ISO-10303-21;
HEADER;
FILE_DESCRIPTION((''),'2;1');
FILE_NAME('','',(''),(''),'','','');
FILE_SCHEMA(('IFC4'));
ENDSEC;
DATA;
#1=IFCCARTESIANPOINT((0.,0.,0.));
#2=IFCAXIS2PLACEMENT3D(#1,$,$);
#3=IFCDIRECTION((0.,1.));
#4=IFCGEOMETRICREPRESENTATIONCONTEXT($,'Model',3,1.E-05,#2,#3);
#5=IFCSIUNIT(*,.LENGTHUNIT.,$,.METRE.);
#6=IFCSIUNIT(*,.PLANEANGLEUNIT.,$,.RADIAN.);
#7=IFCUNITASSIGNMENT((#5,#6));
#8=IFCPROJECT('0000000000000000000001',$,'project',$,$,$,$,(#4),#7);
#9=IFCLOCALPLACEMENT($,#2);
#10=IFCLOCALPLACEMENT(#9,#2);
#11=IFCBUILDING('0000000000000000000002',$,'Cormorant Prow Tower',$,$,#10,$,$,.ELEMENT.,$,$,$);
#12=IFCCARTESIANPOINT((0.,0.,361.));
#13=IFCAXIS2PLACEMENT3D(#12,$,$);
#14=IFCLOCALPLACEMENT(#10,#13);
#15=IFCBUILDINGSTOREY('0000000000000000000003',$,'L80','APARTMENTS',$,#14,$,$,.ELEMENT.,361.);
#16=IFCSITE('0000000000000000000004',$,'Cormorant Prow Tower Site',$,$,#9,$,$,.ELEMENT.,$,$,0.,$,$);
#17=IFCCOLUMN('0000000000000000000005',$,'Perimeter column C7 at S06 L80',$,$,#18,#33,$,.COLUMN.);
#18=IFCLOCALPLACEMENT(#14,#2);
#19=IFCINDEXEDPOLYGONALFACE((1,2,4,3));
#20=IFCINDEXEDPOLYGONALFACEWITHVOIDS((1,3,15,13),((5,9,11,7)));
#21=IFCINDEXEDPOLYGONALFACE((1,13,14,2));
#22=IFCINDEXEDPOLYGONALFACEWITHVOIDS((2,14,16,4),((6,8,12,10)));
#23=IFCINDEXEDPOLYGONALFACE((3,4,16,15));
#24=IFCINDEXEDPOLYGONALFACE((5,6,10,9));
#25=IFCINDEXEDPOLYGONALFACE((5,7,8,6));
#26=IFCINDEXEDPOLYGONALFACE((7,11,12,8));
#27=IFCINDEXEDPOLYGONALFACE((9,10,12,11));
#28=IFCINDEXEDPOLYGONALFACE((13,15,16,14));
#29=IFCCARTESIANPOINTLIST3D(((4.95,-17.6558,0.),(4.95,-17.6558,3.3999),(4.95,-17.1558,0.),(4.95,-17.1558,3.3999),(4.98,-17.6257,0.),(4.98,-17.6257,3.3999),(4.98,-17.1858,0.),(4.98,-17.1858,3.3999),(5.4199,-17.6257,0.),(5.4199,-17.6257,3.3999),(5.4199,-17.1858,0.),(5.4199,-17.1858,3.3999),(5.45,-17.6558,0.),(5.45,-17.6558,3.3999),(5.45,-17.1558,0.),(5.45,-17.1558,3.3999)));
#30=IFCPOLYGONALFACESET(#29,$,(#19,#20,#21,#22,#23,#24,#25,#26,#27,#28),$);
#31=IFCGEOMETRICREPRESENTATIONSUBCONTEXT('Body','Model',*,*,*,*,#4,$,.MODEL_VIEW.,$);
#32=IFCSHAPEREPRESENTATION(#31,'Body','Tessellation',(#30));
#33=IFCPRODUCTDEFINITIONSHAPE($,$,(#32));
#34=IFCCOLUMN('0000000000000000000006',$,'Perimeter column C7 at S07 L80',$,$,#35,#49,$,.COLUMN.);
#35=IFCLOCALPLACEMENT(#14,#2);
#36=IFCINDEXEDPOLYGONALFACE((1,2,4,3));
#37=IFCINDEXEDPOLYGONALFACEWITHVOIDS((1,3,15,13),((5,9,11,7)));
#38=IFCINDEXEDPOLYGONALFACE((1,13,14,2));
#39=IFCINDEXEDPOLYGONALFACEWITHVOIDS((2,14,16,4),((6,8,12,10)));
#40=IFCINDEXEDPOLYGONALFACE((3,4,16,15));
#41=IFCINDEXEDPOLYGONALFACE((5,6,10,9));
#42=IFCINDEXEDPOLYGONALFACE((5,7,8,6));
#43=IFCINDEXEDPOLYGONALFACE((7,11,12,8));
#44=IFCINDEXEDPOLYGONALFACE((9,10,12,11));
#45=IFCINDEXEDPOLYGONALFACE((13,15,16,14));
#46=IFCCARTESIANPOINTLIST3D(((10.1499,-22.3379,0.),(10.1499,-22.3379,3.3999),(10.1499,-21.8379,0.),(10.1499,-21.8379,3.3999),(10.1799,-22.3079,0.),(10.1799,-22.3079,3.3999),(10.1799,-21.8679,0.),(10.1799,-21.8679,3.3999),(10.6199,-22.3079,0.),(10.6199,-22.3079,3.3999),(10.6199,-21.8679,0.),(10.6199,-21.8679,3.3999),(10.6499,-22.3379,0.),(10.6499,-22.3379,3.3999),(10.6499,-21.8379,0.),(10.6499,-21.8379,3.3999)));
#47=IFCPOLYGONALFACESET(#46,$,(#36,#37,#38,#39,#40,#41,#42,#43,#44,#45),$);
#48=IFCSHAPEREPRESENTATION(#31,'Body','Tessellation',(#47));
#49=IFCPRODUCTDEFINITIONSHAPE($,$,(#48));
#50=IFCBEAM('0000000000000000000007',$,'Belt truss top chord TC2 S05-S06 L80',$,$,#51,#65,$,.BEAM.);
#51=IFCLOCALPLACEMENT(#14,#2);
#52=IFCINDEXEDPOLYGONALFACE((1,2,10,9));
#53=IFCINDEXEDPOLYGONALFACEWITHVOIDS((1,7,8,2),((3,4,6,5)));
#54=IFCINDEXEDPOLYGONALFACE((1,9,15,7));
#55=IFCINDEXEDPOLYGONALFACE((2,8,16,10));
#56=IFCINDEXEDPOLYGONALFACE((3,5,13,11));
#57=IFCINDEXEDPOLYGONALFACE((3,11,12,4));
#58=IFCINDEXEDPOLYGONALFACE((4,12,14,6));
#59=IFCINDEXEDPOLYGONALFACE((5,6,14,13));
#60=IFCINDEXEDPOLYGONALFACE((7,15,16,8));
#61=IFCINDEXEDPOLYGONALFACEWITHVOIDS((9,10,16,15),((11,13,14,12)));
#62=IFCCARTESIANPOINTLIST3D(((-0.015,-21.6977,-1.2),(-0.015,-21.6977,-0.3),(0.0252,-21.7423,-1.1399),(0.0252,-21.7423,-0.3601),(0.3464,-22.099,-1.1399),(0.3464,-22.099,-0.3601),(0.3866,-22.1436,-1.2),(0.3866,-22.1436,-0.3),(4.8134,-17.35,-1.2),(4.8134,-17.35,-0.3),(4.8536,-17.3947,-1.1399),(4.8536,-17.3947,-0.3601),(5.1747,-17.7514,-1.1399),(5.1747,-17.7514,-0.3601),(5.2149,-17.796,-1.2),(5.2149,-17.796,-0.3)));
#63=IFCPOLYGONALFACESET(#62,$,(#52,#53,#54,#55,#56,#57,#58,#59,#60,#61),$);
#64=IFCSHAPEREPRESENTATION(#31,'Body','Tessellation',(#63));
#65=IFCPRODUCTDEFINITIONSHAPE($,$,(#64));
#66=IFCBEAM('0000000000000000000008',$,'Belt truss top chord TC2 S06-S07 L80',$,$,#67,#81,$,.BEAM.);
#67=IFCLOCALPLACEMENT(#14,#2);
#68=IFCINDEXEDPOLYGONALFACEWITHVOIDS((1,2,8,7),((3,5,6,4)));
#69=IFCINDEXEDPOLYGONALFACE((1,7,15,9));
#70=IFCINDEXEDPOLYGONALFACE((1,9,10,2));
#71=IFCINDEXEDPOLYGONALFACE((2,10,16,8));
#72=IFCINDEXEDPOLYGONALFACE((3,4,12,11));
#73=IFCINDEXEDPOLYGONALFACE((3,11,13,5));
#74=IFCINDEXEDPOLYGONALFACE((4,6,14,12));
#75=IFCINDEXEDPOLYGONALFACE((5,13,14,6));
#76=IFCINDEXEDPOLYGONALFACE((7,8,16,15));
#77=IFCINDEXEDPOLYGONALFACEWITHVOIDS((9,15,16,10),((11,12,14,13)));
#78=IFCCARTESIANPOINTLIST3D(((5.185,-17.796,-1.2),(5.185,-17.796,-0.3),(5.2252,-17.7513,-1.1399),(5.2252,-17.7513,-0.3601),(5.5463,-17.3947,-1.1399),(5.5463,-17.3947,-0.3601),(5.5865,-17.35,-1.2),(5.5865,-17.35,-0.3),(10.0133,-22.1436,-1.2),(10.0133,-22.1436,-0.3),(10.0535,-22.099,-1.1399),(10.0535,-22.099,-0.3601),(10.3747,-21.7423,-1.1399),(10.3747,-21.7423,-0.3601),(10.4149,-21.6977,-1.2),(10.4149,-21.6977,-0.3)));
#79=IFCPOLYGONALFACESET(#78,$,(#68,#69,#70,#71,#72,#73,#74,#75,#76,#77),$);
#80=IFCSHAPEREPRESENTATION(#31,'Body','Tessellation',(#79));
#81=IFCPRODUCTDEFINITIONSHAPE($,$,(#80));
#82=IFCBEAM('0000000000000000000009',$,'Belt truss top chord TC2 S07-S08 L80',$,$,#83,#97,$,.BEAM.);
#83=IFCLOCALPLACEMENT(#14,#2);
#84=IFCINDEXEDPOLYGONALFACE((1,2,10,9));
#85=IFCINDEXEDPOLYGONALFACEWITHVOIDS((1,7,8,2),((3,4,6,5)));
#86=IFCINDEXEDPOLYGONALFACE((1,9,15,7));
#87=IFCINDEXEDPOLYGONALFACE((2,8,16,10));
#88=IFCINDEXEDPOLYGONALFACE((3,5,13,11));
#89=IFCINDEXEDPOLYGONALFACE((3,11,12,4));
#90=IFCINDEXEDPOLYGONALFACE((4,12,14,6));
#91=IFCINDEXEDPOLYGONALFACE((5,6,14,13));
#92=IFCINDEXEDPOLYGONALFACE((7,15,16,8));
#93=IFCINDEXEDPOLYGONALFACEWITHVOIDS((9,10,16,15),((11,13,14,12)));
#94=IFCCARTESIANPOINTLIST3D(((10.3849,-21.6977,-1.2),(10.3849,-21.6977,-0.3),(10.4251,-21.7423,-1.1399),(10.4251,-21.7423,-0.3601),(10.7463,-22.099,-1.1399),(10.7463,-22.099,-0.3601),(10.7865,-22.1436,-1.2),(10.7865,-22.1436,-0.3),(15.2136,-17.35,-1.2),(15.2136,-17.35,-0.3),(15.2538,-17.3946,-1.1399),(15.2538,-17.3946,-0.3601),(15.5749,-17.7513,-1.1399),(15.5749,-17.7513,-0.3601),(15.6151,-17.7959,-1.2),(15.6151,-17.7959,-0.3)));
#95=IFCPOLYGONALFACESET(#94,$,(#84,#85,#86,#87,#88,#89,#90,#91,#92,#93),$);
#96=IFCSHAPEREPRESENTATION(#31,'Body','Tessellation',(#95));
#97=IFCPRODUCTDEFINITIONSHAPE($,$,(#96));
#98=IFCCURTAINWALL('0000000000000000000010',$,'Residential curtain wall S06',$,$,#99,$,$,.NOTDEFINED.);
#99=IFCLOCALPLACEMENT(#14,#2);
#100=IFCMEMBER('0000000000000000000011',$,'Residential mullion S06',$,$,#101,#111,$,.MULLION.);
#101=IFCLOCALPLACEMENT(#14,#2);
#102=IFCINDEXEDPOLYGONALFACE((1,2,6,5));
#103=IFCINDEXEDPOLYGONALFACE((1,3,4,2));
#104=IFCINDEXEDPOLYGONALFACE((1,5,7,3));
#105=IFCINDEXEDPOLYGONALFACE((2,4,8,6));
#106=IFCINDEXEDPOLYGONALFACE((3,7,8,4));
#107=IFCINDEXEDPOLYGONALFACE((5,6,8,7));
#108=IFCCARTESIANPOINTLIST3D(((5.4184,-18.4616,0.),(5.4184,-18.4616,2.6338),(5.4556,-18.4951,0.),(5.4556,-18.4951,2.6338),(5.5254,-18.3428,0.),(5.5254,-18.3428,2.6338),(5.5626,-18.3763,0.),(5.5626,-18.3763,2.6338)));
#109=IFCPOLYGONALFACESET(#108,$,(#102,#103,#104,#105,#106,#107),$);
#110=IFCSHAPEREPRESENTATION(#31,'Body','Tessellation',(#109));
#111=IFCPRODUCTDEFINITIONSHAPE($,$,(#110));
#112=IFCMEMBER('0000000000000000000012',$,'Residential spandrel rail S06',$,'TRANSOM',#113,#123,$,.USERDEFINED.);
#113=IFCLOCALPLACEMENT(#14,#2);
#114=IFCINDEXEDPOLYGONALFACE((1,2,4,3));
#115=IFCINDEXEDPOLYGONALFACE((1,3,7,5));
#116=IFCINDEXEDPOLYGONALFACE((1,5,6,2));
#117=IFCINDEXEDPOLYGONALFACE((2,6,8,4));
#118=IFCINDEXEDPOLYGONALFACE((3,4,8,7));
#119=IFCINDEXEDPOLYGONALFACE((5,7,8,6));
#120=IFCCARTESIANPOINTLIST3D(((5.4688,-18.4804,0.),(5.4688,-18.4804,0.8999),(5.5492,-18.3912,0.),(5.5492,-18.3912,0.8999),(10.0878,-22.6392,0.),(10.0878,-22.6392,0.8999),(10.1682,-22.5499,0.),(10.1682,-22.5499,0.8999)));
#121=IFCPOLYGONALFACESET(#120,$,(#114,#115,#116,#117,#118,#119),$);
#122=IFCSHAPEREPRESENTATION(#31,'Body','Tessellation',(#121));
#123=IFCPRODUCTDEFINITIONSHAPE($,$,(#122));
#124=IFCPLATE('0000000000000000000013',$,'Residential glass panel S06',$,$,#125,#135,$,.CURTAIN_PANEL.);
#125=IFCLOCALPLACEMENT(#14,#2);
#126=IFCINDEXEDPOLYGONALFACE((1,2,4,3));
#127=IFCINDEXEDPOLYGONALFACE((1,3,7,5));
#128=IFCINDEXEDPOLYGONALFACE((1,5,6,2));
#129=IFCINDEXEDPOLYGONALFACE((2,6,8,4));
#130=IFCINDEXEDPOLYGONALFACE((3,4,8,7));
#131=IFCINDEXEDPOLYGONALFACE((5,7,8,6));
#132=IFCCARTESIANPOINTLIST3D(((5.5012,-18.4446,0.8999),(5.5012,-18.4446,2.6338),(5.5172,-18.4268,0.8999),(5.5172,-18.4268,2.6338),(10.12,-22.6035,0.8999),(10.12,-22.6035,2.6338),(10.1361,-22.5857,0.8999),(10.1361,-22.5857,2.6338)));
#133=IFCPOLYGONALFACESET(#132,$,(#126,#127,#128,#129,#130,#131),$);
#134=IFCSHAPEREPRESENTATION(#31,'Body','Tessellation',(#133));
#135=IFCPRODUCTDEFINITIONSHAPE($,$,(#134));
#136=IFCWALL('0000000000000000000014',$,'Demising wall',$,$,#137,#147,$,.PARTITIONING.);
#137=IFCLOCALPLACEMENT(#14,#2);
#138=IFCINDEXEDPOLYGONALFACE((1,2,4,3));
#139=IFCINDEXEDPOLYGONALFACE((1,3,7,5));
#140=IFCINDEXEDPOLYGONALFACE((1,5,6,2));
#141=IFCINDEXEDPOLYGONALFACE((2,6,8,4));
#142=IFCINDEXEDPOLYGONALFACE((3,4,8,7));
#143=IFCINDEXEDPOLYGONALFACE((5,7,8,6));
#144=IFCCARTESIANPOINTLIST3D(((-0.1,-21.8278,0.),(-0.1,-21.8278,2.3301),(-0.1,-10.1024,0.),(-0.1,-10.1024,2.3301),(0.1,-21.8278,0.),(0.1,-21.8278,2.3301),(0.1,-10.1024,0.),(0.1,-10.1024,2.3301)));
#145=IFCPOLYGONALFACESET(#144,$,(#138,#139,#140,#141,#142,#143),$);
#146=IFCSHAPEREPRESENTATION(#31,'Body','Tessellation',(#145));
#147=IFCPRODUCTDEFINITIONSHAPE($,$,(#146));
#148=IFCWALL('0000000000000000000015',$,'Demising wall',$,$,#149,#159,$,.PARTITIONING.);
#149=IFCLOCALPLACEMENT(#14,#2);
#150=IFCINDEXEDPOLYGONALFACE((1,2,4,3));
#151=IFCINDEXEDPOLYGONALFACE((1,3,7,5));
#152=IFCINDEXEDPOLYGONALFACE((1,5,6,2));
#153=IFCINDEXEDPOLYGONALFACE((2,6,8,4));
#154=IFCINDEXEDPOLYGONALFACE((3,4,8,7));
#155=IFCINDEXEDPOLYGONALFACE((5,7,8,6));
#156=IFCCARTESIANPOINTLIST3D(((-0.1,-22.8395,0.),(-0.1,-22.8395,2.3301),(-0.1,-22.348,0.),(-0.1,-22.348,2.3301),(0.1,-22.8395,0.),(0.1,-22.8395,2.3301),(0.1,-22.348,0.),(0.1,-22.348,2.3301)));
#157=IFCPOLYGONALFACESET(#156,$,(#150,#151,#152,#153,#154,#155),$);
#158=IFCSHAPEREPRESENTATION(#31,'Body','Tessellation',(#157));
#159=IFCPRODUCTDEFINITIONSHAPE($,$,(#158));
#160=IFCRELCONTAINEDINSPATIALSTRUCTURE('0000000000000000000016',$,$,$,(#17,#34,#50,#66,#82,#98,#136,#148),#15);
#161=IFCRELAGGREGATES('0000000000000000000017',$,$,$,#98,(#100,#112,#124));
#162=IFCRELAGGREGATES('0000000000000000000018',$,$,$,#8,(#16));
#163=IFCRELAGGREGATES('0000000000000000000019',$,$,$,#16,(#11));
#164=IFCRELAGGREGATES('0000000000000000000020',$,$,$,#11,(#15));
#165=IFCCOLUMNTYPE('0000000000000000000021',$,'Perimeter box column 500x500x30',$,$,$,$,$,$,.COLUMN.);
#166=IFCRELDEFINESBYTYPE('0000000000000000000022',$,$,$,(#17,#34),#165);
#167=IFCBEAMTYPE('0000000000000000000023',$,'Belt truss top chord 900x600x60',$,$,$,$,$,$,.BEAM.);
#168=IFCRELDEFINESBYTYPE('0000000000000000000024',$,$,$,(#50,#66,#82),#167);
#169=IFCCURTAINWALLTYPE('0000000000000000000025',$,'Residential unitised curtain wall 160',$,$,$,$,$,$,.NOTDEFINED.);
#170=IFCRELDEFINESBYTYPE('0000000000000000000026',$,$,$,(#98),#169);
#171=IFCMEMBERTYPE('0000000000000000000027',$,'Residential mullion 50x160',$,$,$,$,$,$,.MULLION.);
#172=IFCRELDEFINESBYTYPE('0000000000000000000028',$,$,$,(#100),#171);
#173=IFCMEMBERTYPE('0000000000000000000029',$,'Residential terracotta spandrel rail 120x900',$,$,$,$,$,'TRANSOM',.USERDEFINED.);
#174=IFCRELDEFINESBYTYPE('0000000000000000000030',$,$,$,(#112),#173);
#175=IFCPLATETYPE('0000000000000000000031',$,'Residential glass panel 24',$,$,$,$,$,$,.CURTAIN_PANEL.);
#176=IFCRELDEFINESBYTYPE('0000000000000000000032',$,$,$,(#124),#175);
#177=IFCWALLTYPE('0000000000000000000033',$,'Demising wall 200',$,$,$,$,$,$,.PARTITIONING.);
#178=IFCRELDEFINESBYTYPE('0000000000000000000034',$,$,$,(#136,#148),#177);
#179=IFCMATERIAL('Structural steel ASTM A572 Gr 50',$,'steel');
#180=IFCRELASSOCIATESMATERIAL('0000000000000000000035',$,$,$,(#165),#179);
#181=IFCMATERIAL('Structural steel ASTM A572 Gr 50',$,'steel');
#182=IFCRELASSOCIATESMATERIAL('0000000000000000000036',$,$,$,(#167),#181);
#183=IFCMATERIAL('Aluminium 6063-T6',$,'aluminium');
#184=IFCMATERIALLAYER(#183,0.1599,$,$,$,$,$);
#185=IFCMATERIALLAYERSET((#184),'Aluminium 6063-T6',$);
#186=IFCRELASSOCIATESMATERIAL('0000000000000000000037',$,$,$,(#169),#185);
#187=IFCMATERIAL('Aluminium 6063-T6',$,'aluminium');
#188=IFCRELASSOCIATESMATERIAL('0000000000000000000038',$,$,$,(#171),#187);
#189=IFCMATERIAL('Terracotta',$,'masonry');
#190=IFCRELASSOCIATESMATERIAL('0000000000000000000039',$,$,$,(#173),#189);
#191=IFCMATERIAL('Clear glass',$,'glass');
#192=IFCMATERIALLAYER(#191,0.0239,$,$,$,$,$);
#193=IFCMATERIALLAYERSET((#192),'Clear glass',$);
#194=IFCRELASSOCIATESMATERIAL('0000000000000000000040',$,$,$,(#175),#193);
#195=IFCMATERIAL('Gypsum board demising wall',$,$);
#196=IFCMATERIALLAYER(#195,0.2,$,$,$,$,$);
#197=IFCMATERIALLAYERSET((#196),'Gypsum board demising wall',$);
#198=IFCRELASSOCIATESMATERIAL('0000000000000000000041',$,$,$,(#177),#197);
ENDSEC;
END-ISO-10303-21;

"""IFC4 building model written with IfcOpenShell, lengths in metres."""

from ifc_helpers import new_model, si_unit, direction, frame, frame_2d, origin, origin_2d, place, context, subcontext, project, spatial, rectangle, hollow_rectangle, extrude, material, layer, layer_set, material_profile, profile_set, type_object, element, aggregate, save


model = new_model("IFC4")

# Units and contexts
model_context = context("Model", 3, precision=1e-05, world=origin(), true_north=direction((0.0, 1.0)))
body_context = subcontext(model_context, "Body", "Model", "MODEL_VIEW")
ifc_project = project(units=[si_unit("LENGTHUNIT", "METRE"), si_unit("PLANEANGLEUNIT", "RADIAN")], contexts=[model_context])

# Site, building, storey
site_placement = place(None, origin())
site = spatial("IfcSite", under=ifc_project, at=site_placement, Name="Cormorant Prow Tower Site", CompositionType="ELEMENT", RefElevation=0.0)
building_placement = place(site_placement, origin())
building = spatial("IfcBuilding", under=site, at=building_placement, Name="Cormorant Prow Tower", CompositionType="ELEMENT")
storey_placement = place(building_placement, frame((0.0, 0.0, 361.0)))
storey = spatial("IfcBuildingStorey", under=building, at=storey_placement, Name="L80", Description="APARTMENTS", CompositionType="ELEMENT", Elevation=361.0)

# Columns
ifc_material_1 = material(Name="Structural steel ASTM A572 Gr 50", Category="steel")
ifc_material_profile_1 = material_profile(ifc_material_1, hollow_rectangle(XDim=0.5, YDim=0.5, WallThickness=0.03, at=origin_2d()), Name="Box 500x500x30")
ifc_profile_set_1 = profile_set([ifc_material_profile_1], Name="Structural steel ASTM A572 Gr 50")
column_type = type_object("IfcColumnType", Name="Perimeter box column 500x500x30", PredefinedType="COLUMN", material=ifc_profile_set_1)
for number, where, z_axis, x_axis, name in (
    (1, (5.2, -17.4058, 0.0), (0.0, 0.0, 1.0), (1.0, 0.0, 0.0), "Perimeter column C7 at S06 L80"),
    (2, (10.3999, -22.0879, 0.0), (0.0, 0.0, 1.0), (1.0, 0.0, 0.0), "Perimeter column C7 at S07 L80"),
):
    element("IfcColumn", number, at=place(storey_placement, frame(where, z_axis=z_axis, x_axis=x_axis)), inside=storey, type_object=column_type, Name=name, PredefinedType="COLUMN", context=body_context, shape_type="SweptSolid", body=[
        extrude(hollow_rectangle(XDim=0.5, YDim=0.5, WallThickness=0.03, at=origin_2d()), origin(), (0.0, 0.0, 1.0), 3.3999),
    ])

# Beams
ifc_material_2 = material(Name="Structural steel ASTM A572 Gr 50", Category="steel")
ifc_material_profile_2 = material_profile(ifc_material_2, hollow_rectangle(XDim=0.6001, YDim=0.8999, WallThickness=0.0601, at=origin_2d()), Name="Box 900x600x60")
ifc_profile_set_2 = profile_set([ifc_material_profile_2], Name="Structural steel ASTM A572 Gr 50")
beam_type = type_object("IfcBeamType", Name="Belt truss top chord 900x600x60", PredefinedType="BEAM", material=ifc_profile_set_2)
for number, where, z_axis, x_axis, name in (
    (3, (0.1858, -21.9207, -0.75), (0.743132, 0.669145, 0.0), (-0.669145, 0.743132, 0.0), "Belt truss top chord TC2 S05-S06 L80"),
    (4, (5.3857, -17.573, -0.75), (0.743132, -0.669145, 0.0), (0.669145, 0.743132, 0.0), "Belt truss top chord TC2 S06-S07 L80"),
):
    element("IfcBeam", number, at=place(storey_placement, frame(where, z_axis=z_axis, x_axis=x_axis)), inside=storey, type_object=beam_type, Name=name, PredefinedType="BEAM", context=body_context, shape_type="SweptSolid", body=[
        extrude(hollow_rectangle(XDim=0.6001, YDim=0.8999, WallThickness=0.0601, at=origin_2d()), origin(), (0.0, 0.0, 1.0), 6.4973),
    ])
beam_placement = place(storey_placement, frame((10.5857, -21.9207, -0.75), z_axis=(0.743148, 0.669127, 0.0), x_axis=(-0.669127, 0.743148, 0.0)))
element("IfcBeam", 5, at=beam_placement, inside=storey, type_object=beam_type, Name="Belt truss top chord TC2 S07-S08 L80", PredefinedType="BEAM", context=body_context, shape_type="SweptSolid", body=[
    extrude(hollow_rectangle(XDim=0.6001, YDim=0.8999, WallThickness=0.0601, at=origin_2d()), origin(), (0.0, 0.0, 1.0), 6.4976),
])

# Curtain wall, members, plate
ifc_material_3 = material(Name="Aluminium 6063-T6", Category="aluminium")
ifc_layer_1 = layer(ifc_material_3, 0.1599)
ifc_layer_set_1 = layer_set([ifc_layer_1], Name="Aluminium 6063-T6")
curtain_wall_type = type_object("IfcCurtainWallType", Name="Residential unitised curtain wall 160", PredefinedType="NOTDEFINED", material=ifc_layer_set_1)
curtain_wall_placement = place(storey_placement, origin())
curtain_wall = element("IfcCurtainWall", 6, at=curtain_wall_placement, inside=storey, type_object=curtain_wall_type, Name="Residential curtain wall S06", PredefinedType="NOTDEFINED")
ifc_material_4 = material(Name="Aluminium 6063-T6", Category="aluminium")
ifc_material_profile_3 = material_profile(ifc_material_4, rectangle(XDim=0.1599, YDim=0.05, at=origin_2d()), Name="Residential mullion 50x160")
ifc_profile_set_3 = profile_set([ifc_material_profile_3], Name="Aluminium 6063-T6")
member_type_1 = type_object("IfcMemberType", Name="Residential mullion 50x160", PredefinedType="MULLION", material=ifc_profile_set_3)
member_1_placement = place(storey_placement, frame((5.4905, -18.4189, 0.0), z_axis=(0.0, 0.0, 1.0), x_axis=(0.669131, 0.743145, 0.0)))
member_1 = element("IfcMember", 7, at=member_1_placement, type_object=member_type_1, Name="Residential mullion S06", PredefinedType="MULLION", context=body_context, shape_type="SweptSolid", body=[
    extrude(rectangle(XDim=0.1599, YDim=0.05, at=origin_2d()), origin(), (0.0, 0.0, 1.0), 2.6338),
])
ifc_material_5 = material(Name="Terracotta", Category="masonry")
ifc_material_profile_4 = material_profile(ifc_material_5, rectangle(XDim=0.1201, YDim=0.8999, at=origin_2d()), Name="Residential terracotta spandrel rail 120x900")
ifc_profile_set_4 = profile_set([ifc_material_profile_4], Name="Terracotta")
member_type_2 = type_object("IfcMemberType", Name="Residential terracotta spandrel rail 120x900", ElementType="TRANSOM", PredefinedType="USERDEFINED", material=ifc_profile_set_4)
member_2_placement = place(storey_placement, frame((5.509, -18.4358, 0.45), z_axis=(0.743159, -0.669114, 0.0), x_axis=(0.669114, 0.743159, 0.0)))
member_2 = element("IfcMember", 8, at=member_2_placement, type_object=member_type_2, Name="Residential spandrel rail S06", ObjectType="TRANSOM", PredefinedType="USERDEFINED", context=body_context, shape_type="SweptSolid", body=[
    extrude(rectangle(XDim=0.1201, YDim=0.8999, at=origin_2d()), origin(), (0.0, 0.0, 1.0), 6.2153),
])
ifc_material_6 = material(Name="Clear glass", Category="glass")
ifc_layer_2 = layer(ifc_material_6, 0.0239)
ifc_layer_set_2 = layer_set([ifc_layer_2], Name="Clear glass")
plate_type = type_object("IfcPlateType", Name="Residential glass panel 24", PredefinedType="CURTAIN_PANEL", material=ifc_layer_set_2)
plate_placement = place(storey_placement, frame((7.8186, -20.5151, 0.8999), z_axis=(0.0, 0.0, 1.0), x_axis=(0.743145, -0.669131, 0.0)))
plate = element("IfcPlate", 9, at=plate_placement, type_object=plate_type, Name="Residential glass panel S06", PredefinedType="CURTAIN_PANEL", context=body_context, shape_type="SweptSolid", body=[
    extrude(rectangle(XDim=6.2153, YDim=0.0239, at=origin_2d()), origin(), (0.0, 0.0, 1.0), 1.7339),
])
aggregate(curtain_wall, [member_1, member_2, plate])

# Walls
ifc_material_7 = material(Name="Gypsum board demising wall")
ifc_layer_3 = layer(ifc_material_7, 0.2)
ifc_layer_set_3 = layer_set([ifc_layer_3], Name="Gypsum board demising wall")
wall_type_1 = type_object("IfcWallType", Name="Demising wall 200", PredefinedType="PARTITIONING", material=ifc_layer_set_3)
wall_1_placement = place(storey_placement, frame((0.0, -21.8279, 0.0), z_axis=(0.0, 0.0, 1.0), x_axis=(0.0, 1.0, 0.0)))
element("IfcWall", 10, at=wall_1_placement, inside=storey, type_object=wall_type_1, Name="Demising wall", PredefinedType="PARTITIONING", context=body_context, shape_type="SweptSolid", body=[
    extrude(rectangle(XDim=11.7253, YDim=0.2, at=frame_2d((5.8628, 0.0))), origin(), (0.0, 0.0, 1.0), 2.3301),
])
wall_2_placement = place(storey_placement, frame((0.0, -22.8394, 0.0), z_axis=(0.0, 0.0, 1.0), x_axis=(0.0, 1.0, 0.0)))
element("IfcWall", 11, at=wall_2_placement, inside=storey, type_object=wall_type_1, Name="Demising wall", PredefinedType="PARTITIONING", context=body_context, shape_type="SweptSolid", body=[
    extrude(rectangle(XDim=0.4915, YDim=0.2, at=frame_2d((0.2456, 0.0))), origin(), (0.0, 0.0, 1.0), 2.3301),
])

save(model, "model.ifc")
